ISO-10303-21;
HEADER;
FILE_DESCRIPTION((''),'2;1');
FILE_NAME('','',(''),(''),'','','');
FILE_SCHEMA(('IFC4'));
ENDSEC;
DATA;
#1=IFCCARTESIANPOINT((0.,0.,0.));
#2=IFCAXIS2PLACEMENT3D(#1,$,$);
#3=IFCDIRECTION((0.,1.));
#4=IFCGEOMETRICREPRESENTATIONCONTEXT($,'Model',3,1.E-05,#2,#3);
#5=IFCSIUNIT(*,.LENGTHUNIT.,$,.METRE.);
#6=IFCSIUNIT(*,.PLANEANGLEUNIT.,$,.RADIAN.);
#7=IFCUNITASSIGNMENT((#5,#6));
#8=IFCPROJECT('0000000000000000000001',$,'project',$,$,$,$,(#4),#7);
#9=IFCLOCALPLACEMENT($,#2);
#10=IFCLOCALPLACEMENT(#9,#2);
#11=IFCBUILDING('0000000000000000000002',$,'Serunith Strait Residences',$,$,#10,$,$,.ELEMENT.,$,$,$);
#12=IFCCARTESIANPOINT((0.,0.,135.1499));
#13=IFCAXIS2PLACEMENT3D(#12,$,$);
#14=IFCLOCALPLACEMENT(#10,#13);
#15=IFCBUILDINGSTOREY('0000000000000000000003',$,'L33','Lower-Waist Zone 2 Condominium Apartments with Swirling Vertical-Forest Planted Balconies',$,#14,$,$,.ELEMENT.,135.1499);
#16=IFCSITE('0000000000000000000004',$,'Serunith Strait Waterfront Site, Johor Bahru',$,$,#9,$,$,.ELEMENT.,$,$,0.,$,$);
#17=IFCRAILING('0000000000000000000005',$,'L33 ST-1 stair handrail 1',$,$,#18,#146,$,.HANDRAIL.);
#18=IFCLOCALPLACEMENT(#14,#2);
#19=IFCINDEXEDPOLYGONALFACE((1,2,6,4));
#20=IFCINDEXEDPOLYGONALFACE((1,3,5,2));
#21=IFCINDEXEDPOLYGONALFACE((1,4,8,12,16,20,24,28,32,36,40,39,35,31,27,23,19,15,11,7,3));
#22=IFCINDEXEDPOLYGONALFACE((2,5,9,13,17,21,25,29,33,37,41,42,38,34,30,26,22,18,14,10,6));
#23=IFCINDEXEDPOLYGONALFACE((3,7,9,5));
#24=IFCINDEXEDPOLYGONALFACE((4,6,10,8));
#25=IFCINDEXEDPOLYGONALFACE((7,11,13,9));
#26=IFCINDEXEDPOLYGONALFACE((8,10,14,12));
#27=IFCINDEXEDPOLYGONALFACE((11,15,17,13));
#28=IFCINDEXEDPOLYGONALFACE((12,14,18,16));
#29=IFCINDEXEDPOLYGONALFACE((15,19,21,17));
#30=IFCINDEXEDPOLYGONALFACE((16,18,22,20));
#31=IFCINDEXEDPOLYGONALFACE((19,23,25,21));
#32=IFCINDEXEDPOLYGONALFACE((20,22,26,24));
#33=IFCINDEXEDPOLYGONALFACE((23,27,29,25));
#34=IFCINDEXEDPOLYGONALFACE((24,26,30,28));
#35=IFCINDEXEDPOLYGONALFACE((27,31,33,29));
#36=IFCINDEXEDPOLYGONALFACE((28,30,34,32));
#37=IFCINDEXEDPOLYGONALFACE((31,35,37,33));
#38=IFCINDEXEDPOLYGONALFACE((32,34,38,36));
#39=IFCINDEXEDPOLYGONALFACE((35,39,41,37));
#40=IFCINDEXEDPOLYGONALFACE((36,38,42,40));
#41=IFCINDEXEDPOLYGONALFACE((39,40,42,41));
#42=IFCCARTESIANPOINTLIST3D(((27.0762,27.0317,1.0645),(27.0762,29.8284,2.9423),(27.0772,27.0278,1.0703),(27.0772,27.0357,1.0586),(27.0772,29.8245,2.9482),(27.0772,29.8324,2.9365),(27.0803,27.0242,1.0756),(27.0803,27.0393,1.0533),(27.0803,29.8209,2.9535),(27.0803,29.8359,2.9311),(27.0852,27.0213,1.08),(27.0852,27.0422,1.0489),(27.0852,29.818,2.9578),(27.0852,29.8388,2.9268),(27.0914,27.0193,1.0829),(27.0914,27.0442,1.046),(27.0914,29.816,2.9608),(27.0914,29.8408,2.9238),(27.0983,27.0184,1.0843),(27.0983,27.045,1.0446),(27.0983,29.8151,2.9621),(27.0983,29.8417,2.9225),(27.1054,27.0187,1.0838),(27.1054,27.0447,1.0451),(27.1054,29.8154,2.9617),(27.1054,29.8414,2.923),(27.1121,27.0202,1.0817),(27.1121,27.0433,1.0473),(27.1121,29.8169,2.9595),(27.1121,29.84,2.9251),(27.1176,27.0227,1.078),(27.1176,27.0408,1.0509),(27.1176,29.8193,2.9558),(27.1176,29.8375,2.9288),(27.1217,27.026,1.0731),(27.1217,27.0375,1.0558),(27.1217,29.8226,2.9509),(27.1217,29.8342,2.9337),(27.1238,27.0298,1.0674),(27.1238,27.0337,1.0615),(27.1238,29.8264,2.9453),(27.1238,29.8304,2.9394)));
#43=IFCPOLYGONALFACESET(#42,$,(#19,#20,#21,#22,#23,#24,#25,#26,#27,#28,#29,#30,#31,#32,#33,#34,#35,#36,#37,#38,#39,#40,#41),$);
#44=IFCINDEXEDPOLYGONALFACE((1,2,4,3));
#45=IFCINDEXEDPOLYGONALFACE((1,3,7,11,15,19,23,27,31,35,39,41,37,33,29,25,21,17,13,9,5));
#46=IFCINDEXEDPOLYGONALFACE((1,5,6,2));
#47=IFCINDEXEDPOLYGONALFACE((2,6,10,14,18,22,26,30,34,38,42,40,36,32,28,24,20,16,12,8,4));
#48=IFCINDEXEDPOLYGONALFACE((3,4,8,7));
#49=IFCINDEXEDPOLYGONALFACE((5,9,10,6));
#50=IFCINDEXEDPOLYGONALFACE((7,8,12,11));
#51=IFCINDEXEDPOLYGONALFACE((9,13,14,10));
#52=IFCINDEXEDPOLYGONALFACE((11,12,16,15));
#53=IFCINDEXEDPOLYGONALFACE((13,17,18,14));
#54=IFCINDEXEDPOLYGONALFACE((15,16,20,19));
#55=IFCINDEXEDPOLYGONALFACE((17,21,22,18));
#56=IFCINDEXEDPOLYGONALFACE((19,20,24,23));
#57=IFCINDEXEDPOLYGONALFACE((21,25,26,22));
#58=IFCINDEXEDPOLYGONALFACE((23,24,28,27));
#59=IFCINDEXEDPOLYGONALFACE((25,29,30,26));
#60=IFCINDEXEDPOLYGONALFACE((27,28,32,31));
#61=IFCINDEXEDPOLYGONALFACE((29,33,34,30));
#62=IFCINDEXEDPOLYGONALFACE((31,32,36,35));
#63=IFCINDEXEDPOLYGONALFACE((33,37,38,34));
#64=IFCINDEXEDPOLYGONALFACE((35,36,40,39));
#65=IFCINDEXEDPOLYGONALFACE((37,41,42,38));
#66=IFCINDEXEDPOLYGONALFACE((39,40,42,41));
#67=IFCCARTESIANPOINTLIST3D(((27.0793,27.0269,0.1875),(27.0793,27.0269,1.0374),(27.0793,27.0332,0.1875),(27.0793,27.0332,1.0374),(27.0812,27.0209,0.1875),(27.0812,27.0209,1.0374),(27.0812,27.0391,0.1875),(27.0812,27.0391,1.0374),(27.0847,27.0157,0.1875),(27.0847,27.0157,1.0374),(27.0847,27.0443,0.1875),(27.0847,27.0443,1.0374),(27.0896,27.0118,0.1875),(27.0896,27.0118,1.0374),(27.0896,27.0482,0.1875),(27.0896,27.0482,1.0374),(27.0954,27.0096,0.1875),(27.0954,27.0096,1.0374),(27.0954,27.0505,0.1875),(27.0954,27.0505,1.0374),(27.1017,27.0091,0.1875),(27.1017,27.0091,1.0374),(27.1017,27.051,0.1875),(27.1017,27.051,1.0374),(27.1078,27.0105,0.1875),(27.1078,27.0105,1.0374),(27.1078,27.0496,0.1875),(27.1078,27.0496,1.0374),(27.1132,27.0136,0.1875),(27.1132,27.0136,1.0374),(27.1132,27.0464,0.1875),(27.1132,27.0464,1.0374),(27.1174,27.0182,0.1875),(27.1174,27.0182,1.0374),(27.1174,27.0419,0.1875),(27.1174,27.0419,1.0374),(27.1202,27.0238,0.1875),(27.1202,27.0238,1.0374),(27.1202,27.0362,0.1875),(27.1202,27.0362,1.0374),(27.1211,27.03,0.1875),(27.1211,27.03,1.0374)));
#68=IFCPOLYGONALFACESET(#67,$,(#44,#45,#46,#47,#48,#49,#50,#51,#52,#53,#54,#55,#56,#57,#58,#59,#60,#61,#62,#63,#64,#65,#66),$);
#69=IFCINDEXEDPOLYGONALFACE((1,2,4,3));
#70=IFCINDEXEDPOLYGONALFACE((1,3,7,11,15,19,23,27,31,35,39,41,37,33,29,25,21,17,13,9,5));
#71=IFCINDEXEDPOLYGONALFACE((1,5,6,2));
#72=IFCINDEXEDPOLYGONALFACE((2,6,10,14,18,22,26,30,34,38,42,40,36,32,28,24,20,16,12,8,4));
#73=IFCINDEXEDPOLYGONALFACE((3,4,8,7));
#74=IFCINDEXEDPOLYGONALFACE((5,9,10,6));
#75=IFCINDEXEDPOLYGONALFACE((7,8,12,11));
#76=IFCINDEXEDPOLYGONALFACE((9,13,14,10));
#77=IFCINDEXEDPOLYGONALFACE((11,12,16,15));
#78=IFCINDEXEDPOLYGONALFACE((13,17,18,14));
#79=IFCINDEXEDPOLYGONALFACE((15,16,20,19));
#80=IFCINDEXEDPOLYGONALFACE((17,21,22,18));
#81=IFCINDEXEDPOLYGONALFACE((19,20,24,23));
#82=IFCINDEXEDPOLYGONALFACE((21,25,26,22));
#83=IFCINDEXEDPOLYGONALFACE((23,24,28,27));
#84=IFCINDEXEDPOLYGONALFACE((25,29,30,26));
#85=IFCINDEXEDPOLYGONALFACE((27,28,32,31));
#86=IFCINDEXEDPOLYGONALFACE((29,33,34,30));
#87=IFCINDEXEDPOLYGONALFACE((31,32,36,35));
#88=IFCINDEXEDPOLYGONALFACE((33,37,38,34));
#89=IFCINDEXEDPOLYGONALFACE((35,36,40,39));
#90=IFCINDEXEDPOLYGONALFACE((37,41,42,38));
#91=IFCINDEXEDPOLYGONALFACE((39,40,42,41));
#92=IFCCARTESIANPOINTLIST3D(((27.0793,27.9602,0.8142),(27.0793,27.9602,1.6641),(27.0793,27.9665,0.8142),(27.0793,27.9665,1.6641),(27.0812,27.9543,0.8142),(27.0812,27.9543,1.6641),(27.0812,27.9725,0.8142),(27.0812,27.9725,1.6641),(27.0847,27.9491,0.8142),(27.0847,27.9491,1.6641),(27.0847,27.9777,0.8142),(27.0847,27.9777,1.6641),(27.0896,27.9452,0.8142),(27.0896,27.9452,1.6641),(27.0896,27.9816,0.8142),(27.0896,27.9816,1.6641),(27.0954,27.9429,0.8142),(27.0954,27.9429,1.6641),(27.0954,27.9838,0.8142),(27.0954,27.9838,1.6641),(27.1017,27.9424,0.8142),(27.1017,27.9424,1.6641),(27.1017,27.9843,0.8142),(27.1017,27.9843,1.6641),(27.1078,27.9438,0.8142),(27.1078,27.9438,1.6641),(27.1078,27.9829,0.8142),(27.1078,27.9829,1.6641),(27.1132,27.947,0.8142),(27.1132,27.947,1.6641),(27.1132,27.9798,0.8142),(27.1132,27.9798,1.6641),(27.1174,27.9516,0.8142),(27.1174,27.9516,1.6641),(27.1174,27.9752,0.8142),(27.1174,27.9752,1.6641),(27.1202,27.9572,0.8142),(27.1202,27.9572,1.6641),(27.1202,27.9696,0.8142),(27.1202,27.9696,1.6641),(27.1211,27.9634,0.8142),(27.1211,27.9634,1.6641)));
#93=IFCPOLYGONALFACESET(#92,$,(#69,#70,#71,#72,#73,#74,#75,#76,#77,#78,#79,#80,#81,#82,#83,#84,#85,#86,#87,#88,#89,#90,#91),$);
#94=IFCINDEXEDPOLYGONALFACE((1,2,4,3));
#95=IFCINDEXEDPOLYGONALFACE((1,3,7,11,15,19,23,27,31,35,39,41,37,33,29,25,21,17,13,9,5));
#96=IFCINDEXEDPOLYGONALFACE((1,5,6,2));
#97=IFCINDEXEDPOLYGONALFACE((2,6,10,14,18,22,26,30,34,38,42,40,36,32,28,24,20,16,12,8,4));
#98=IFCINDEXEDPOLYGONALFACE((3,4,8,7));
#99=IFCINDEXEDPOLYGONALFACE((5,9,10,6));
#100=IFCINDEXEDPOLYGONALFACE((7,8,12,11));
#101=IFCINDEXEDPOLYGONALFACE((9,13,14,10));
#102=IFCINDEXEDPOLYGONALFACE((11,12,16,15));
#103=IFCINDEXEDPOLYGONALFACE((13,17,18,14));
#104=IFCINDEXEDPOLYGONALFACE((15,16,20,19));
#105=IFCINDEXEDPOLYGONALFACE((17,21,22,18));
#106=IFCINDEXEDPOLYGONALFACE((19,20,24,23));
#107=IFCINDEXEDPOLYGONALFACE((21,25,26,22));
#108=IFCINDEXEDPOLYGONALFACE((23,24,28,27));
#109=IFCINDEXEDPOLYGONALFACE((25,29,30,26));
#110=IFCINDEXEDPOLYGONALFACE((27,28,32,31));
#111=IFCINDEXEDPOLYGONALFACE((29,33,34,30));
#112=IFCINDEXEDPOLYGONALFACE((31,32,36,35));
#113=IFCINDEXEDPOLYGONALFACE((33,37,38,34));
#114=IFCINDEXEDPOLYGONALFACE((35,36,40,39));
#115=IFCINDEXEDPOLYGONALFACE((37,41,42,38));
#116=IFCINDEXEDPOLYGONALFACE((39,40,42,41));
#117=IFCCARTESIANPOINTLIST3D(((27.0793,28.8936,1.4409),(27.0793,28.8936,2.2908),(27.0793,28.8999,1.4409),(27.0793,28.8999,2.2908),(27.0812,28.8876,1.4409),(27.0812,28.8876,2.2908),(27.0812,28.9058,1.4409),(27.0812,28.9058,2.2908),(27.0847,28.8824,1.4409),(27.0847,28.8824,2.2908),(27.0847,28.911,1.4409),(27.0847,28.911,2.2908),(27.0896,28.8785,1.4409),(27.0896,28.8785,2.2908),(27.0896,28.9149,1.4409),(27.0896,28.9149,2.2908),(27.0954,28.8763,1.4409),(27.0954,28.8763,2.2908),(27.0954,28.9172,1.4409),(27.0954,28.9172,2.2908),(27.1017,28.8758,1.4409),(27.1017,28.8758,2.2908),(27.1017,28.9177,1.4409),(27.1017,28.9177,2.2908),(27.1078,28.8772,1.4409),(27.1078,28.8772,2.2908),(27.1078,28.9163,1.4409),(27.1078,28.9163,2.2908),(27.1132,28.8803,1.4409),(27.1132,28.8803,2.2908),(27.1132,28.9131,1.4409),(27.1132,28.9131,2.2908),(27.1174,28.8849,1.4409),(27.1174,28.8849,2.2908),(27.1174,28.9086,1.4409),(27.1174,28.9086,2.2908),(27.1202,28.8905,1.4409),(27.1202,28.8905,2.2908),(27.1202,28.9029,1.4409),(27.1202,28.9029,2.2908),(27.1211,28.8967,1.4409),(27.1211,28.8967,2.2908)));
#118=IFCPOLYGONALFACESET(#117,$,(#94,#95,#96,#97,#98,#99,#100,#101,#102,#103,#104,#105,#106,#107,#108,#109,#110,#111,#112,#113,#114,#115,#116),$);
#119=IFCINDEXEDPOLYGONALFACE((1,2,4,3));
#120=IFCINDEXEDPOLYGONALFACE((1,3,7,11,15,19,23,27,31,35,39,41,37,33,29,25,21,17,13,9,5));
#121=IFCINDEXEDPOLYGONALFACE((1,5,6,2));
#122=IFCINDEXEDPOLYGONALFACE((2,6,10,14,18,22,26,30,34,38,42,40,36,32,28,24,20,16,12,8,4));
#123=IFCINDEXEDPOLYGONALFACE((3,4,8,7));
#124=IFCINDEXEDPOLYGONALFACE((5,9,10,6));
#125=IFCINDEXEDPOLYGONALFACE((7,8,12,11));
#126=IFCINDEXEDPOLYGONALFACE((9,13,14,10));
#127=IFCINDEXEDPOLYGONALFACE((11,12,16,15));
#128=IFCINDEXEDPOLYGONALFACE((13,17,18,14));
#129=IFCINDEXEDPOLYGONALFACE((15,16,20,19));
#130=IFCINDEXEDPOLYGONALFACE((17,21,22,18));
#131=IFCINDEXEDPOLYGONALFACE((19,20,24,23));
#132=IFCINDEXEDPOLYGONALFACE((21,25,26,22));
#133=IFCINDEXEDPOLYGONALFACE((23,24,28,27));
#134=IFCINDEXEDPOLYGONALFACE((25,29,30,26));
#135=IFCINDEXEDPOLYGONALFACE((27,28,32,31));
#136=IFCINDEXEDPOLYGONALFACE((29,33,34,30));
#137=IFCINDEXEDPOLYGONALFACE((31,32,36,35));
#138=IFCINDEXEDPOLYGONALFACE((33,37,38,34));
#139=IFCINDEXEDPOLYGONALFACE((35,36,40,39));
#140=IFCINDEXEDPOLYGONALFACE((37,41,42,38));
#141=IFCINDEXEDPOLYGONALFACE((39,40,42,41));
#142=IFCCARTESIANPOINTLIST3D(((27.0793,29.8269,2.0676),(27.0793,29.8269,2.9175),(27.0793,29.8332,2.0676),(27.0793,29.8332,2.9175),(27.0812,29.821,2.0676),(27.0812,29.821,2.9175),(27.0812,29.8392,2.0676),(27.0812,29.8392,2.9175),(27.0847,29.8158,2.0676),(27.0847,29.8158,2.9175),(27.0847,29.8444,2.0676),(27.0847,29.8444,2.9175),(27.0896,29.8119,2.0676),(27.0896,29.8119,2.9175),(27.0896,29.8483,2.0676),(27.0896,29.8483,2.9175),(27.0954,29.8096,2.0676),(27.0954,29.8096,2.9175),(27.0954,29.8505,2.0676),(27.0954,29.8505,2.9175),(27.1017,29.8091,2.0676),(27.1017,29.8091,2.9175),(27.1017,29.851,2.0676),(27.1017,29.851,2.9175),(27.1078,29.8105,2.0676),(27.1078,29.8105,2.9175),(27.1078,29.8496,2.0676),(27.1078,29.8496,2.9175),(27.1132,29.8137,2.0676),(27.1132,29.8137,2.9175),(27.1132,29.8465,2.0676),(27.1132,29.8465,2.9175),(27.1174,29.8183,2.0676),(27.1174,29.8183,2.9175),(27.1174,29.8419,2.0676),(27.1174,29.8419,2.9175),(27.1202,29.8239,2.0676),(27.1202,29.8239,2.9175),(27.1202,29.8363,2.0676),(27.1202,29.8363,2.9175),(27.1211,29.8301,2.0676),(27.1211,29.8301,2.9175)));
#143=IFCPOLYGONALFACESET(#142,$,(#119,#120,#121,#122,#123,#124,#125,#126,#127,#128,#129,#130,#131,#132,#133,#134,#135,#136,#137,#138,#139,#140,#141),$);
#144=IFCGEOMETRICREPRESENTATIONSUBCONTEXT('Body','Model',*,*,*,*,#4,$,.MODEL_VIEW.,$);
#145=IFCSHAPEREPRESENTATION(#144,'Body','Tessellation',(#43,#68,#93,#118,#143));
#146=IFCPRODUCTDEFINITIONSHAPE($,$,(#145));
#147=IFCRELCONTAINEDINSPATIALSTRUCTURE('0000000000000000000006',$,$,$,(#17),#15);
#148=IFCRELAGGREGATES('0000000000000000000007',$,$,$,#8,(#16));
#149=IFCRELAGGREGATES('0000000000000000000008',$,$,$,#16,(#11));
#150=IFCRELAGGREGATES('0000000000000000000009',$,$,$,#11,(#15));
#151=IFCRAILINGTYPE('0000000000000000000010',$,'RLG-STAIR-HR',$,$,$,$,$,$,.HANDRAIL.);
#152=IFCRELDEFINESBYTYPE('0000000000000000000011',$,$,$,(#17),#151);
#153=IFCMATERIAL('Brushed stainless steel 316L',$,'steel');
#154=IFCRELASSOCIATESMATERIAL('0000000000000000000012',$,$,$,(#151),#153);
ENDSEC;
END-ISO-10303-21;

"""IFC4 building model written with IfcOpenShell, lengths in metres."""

from ifc_helpers import new_model, si_unit, direction, frame, origin, origin_2d, place, context, subcontext, project, spatial, circle, extrude, material, type_object, element, save


model = new_model("IFC4")

# Units and contexts
model_context = context("Model", 3, precision=1e-05, world=origin(), true_north=direction((0.0, 1.0)))
body_context = subcontext(model_context, "Body", "Model", "MODEL_VIEW")
ifc_project = project(units=[si_unit("LENGTHUNIT", "METRE"), si_unit("PLANEANGLEUNIT", "RADIAN")], contexts=[model_context])

# Site, building, storey
site_placement = place(None, origin())
site = spatial("IfcSite", under=ifc_project, at=site_placement, Name="Serunith Strait Waterfront Site, Johor Bahru", CompositionType="ELEMENT", RefElevation=0.0)
building_placement = place(site_placement, origin())
building = spatial("IfcBuilding", under=site, at=building_placement, Name="Serunith Strait Residences", CompositionType="ELEMENT")
storey_placement = place(building_placement, frame((0.0, 0.0, 135.1499)))
storey = spatial("IfcBuildingStorey", under=building, at=storey_placement, Name="L33", Description="Lower-Waist Zone 2 Condominium Apartments with Swirling Vertical-Forest Planted Balconies", CompositionType="ELEMENT", Elevation=135.1499)

# Railing
ifc_material_1 = material(Name="Brushed stainless steel 316L", Category="steel")
railing_type_1 = type_object("IfcRailingType", Name="RLG-STAIR-HR", PredefinedType="HANDRAIL", material=ifc_material_1)
railing_1_placement = place(storey_placement, frame((27.1001, 27.03, 0.1875)))
element("IfcRailing", 1, at=railing_1_placement, inside=storey, type_object=railing_type_1, Name="L33 ST-1 stair handrail 1", PredefinedType="HANDRAIL", context=body_context, shape_type="SweptSolid", body=[
    extrude(circle(Radius=0.0239, at=origin_2d()), frame((0.0, 0.0017, 0.877), z_axis=(0.0, 0.830208, 0.557453), x_axis=(-1.0, 0.0, 0.0)), (0.0, 0.0, 1.0), 3.3687),
    extrude(circle(Radius=0.021, at=origin_2d()), origin(), (0.0, 0.0, 1.0), 0.8499),
    extrude(circle(Radius=0.021, at=origin_2d()), frame((0.0, 0.9333, 0.6267)), (0.0, 0.0, 1.0), 0.8499),
    extrude(circle(Radius=0.021, at=origin_2d()), frame((0.0, 1.8667, 1.2534)), (0.0, 0.0, 1.0), 0.8499),
    extrude(circle(Radius=0.021, at=origin_2d()), frame((0.0, 2.8, 1.8801)), (0.0, 0.0, 1.0), 0.8499),
])

save(model, "model.ifc")
